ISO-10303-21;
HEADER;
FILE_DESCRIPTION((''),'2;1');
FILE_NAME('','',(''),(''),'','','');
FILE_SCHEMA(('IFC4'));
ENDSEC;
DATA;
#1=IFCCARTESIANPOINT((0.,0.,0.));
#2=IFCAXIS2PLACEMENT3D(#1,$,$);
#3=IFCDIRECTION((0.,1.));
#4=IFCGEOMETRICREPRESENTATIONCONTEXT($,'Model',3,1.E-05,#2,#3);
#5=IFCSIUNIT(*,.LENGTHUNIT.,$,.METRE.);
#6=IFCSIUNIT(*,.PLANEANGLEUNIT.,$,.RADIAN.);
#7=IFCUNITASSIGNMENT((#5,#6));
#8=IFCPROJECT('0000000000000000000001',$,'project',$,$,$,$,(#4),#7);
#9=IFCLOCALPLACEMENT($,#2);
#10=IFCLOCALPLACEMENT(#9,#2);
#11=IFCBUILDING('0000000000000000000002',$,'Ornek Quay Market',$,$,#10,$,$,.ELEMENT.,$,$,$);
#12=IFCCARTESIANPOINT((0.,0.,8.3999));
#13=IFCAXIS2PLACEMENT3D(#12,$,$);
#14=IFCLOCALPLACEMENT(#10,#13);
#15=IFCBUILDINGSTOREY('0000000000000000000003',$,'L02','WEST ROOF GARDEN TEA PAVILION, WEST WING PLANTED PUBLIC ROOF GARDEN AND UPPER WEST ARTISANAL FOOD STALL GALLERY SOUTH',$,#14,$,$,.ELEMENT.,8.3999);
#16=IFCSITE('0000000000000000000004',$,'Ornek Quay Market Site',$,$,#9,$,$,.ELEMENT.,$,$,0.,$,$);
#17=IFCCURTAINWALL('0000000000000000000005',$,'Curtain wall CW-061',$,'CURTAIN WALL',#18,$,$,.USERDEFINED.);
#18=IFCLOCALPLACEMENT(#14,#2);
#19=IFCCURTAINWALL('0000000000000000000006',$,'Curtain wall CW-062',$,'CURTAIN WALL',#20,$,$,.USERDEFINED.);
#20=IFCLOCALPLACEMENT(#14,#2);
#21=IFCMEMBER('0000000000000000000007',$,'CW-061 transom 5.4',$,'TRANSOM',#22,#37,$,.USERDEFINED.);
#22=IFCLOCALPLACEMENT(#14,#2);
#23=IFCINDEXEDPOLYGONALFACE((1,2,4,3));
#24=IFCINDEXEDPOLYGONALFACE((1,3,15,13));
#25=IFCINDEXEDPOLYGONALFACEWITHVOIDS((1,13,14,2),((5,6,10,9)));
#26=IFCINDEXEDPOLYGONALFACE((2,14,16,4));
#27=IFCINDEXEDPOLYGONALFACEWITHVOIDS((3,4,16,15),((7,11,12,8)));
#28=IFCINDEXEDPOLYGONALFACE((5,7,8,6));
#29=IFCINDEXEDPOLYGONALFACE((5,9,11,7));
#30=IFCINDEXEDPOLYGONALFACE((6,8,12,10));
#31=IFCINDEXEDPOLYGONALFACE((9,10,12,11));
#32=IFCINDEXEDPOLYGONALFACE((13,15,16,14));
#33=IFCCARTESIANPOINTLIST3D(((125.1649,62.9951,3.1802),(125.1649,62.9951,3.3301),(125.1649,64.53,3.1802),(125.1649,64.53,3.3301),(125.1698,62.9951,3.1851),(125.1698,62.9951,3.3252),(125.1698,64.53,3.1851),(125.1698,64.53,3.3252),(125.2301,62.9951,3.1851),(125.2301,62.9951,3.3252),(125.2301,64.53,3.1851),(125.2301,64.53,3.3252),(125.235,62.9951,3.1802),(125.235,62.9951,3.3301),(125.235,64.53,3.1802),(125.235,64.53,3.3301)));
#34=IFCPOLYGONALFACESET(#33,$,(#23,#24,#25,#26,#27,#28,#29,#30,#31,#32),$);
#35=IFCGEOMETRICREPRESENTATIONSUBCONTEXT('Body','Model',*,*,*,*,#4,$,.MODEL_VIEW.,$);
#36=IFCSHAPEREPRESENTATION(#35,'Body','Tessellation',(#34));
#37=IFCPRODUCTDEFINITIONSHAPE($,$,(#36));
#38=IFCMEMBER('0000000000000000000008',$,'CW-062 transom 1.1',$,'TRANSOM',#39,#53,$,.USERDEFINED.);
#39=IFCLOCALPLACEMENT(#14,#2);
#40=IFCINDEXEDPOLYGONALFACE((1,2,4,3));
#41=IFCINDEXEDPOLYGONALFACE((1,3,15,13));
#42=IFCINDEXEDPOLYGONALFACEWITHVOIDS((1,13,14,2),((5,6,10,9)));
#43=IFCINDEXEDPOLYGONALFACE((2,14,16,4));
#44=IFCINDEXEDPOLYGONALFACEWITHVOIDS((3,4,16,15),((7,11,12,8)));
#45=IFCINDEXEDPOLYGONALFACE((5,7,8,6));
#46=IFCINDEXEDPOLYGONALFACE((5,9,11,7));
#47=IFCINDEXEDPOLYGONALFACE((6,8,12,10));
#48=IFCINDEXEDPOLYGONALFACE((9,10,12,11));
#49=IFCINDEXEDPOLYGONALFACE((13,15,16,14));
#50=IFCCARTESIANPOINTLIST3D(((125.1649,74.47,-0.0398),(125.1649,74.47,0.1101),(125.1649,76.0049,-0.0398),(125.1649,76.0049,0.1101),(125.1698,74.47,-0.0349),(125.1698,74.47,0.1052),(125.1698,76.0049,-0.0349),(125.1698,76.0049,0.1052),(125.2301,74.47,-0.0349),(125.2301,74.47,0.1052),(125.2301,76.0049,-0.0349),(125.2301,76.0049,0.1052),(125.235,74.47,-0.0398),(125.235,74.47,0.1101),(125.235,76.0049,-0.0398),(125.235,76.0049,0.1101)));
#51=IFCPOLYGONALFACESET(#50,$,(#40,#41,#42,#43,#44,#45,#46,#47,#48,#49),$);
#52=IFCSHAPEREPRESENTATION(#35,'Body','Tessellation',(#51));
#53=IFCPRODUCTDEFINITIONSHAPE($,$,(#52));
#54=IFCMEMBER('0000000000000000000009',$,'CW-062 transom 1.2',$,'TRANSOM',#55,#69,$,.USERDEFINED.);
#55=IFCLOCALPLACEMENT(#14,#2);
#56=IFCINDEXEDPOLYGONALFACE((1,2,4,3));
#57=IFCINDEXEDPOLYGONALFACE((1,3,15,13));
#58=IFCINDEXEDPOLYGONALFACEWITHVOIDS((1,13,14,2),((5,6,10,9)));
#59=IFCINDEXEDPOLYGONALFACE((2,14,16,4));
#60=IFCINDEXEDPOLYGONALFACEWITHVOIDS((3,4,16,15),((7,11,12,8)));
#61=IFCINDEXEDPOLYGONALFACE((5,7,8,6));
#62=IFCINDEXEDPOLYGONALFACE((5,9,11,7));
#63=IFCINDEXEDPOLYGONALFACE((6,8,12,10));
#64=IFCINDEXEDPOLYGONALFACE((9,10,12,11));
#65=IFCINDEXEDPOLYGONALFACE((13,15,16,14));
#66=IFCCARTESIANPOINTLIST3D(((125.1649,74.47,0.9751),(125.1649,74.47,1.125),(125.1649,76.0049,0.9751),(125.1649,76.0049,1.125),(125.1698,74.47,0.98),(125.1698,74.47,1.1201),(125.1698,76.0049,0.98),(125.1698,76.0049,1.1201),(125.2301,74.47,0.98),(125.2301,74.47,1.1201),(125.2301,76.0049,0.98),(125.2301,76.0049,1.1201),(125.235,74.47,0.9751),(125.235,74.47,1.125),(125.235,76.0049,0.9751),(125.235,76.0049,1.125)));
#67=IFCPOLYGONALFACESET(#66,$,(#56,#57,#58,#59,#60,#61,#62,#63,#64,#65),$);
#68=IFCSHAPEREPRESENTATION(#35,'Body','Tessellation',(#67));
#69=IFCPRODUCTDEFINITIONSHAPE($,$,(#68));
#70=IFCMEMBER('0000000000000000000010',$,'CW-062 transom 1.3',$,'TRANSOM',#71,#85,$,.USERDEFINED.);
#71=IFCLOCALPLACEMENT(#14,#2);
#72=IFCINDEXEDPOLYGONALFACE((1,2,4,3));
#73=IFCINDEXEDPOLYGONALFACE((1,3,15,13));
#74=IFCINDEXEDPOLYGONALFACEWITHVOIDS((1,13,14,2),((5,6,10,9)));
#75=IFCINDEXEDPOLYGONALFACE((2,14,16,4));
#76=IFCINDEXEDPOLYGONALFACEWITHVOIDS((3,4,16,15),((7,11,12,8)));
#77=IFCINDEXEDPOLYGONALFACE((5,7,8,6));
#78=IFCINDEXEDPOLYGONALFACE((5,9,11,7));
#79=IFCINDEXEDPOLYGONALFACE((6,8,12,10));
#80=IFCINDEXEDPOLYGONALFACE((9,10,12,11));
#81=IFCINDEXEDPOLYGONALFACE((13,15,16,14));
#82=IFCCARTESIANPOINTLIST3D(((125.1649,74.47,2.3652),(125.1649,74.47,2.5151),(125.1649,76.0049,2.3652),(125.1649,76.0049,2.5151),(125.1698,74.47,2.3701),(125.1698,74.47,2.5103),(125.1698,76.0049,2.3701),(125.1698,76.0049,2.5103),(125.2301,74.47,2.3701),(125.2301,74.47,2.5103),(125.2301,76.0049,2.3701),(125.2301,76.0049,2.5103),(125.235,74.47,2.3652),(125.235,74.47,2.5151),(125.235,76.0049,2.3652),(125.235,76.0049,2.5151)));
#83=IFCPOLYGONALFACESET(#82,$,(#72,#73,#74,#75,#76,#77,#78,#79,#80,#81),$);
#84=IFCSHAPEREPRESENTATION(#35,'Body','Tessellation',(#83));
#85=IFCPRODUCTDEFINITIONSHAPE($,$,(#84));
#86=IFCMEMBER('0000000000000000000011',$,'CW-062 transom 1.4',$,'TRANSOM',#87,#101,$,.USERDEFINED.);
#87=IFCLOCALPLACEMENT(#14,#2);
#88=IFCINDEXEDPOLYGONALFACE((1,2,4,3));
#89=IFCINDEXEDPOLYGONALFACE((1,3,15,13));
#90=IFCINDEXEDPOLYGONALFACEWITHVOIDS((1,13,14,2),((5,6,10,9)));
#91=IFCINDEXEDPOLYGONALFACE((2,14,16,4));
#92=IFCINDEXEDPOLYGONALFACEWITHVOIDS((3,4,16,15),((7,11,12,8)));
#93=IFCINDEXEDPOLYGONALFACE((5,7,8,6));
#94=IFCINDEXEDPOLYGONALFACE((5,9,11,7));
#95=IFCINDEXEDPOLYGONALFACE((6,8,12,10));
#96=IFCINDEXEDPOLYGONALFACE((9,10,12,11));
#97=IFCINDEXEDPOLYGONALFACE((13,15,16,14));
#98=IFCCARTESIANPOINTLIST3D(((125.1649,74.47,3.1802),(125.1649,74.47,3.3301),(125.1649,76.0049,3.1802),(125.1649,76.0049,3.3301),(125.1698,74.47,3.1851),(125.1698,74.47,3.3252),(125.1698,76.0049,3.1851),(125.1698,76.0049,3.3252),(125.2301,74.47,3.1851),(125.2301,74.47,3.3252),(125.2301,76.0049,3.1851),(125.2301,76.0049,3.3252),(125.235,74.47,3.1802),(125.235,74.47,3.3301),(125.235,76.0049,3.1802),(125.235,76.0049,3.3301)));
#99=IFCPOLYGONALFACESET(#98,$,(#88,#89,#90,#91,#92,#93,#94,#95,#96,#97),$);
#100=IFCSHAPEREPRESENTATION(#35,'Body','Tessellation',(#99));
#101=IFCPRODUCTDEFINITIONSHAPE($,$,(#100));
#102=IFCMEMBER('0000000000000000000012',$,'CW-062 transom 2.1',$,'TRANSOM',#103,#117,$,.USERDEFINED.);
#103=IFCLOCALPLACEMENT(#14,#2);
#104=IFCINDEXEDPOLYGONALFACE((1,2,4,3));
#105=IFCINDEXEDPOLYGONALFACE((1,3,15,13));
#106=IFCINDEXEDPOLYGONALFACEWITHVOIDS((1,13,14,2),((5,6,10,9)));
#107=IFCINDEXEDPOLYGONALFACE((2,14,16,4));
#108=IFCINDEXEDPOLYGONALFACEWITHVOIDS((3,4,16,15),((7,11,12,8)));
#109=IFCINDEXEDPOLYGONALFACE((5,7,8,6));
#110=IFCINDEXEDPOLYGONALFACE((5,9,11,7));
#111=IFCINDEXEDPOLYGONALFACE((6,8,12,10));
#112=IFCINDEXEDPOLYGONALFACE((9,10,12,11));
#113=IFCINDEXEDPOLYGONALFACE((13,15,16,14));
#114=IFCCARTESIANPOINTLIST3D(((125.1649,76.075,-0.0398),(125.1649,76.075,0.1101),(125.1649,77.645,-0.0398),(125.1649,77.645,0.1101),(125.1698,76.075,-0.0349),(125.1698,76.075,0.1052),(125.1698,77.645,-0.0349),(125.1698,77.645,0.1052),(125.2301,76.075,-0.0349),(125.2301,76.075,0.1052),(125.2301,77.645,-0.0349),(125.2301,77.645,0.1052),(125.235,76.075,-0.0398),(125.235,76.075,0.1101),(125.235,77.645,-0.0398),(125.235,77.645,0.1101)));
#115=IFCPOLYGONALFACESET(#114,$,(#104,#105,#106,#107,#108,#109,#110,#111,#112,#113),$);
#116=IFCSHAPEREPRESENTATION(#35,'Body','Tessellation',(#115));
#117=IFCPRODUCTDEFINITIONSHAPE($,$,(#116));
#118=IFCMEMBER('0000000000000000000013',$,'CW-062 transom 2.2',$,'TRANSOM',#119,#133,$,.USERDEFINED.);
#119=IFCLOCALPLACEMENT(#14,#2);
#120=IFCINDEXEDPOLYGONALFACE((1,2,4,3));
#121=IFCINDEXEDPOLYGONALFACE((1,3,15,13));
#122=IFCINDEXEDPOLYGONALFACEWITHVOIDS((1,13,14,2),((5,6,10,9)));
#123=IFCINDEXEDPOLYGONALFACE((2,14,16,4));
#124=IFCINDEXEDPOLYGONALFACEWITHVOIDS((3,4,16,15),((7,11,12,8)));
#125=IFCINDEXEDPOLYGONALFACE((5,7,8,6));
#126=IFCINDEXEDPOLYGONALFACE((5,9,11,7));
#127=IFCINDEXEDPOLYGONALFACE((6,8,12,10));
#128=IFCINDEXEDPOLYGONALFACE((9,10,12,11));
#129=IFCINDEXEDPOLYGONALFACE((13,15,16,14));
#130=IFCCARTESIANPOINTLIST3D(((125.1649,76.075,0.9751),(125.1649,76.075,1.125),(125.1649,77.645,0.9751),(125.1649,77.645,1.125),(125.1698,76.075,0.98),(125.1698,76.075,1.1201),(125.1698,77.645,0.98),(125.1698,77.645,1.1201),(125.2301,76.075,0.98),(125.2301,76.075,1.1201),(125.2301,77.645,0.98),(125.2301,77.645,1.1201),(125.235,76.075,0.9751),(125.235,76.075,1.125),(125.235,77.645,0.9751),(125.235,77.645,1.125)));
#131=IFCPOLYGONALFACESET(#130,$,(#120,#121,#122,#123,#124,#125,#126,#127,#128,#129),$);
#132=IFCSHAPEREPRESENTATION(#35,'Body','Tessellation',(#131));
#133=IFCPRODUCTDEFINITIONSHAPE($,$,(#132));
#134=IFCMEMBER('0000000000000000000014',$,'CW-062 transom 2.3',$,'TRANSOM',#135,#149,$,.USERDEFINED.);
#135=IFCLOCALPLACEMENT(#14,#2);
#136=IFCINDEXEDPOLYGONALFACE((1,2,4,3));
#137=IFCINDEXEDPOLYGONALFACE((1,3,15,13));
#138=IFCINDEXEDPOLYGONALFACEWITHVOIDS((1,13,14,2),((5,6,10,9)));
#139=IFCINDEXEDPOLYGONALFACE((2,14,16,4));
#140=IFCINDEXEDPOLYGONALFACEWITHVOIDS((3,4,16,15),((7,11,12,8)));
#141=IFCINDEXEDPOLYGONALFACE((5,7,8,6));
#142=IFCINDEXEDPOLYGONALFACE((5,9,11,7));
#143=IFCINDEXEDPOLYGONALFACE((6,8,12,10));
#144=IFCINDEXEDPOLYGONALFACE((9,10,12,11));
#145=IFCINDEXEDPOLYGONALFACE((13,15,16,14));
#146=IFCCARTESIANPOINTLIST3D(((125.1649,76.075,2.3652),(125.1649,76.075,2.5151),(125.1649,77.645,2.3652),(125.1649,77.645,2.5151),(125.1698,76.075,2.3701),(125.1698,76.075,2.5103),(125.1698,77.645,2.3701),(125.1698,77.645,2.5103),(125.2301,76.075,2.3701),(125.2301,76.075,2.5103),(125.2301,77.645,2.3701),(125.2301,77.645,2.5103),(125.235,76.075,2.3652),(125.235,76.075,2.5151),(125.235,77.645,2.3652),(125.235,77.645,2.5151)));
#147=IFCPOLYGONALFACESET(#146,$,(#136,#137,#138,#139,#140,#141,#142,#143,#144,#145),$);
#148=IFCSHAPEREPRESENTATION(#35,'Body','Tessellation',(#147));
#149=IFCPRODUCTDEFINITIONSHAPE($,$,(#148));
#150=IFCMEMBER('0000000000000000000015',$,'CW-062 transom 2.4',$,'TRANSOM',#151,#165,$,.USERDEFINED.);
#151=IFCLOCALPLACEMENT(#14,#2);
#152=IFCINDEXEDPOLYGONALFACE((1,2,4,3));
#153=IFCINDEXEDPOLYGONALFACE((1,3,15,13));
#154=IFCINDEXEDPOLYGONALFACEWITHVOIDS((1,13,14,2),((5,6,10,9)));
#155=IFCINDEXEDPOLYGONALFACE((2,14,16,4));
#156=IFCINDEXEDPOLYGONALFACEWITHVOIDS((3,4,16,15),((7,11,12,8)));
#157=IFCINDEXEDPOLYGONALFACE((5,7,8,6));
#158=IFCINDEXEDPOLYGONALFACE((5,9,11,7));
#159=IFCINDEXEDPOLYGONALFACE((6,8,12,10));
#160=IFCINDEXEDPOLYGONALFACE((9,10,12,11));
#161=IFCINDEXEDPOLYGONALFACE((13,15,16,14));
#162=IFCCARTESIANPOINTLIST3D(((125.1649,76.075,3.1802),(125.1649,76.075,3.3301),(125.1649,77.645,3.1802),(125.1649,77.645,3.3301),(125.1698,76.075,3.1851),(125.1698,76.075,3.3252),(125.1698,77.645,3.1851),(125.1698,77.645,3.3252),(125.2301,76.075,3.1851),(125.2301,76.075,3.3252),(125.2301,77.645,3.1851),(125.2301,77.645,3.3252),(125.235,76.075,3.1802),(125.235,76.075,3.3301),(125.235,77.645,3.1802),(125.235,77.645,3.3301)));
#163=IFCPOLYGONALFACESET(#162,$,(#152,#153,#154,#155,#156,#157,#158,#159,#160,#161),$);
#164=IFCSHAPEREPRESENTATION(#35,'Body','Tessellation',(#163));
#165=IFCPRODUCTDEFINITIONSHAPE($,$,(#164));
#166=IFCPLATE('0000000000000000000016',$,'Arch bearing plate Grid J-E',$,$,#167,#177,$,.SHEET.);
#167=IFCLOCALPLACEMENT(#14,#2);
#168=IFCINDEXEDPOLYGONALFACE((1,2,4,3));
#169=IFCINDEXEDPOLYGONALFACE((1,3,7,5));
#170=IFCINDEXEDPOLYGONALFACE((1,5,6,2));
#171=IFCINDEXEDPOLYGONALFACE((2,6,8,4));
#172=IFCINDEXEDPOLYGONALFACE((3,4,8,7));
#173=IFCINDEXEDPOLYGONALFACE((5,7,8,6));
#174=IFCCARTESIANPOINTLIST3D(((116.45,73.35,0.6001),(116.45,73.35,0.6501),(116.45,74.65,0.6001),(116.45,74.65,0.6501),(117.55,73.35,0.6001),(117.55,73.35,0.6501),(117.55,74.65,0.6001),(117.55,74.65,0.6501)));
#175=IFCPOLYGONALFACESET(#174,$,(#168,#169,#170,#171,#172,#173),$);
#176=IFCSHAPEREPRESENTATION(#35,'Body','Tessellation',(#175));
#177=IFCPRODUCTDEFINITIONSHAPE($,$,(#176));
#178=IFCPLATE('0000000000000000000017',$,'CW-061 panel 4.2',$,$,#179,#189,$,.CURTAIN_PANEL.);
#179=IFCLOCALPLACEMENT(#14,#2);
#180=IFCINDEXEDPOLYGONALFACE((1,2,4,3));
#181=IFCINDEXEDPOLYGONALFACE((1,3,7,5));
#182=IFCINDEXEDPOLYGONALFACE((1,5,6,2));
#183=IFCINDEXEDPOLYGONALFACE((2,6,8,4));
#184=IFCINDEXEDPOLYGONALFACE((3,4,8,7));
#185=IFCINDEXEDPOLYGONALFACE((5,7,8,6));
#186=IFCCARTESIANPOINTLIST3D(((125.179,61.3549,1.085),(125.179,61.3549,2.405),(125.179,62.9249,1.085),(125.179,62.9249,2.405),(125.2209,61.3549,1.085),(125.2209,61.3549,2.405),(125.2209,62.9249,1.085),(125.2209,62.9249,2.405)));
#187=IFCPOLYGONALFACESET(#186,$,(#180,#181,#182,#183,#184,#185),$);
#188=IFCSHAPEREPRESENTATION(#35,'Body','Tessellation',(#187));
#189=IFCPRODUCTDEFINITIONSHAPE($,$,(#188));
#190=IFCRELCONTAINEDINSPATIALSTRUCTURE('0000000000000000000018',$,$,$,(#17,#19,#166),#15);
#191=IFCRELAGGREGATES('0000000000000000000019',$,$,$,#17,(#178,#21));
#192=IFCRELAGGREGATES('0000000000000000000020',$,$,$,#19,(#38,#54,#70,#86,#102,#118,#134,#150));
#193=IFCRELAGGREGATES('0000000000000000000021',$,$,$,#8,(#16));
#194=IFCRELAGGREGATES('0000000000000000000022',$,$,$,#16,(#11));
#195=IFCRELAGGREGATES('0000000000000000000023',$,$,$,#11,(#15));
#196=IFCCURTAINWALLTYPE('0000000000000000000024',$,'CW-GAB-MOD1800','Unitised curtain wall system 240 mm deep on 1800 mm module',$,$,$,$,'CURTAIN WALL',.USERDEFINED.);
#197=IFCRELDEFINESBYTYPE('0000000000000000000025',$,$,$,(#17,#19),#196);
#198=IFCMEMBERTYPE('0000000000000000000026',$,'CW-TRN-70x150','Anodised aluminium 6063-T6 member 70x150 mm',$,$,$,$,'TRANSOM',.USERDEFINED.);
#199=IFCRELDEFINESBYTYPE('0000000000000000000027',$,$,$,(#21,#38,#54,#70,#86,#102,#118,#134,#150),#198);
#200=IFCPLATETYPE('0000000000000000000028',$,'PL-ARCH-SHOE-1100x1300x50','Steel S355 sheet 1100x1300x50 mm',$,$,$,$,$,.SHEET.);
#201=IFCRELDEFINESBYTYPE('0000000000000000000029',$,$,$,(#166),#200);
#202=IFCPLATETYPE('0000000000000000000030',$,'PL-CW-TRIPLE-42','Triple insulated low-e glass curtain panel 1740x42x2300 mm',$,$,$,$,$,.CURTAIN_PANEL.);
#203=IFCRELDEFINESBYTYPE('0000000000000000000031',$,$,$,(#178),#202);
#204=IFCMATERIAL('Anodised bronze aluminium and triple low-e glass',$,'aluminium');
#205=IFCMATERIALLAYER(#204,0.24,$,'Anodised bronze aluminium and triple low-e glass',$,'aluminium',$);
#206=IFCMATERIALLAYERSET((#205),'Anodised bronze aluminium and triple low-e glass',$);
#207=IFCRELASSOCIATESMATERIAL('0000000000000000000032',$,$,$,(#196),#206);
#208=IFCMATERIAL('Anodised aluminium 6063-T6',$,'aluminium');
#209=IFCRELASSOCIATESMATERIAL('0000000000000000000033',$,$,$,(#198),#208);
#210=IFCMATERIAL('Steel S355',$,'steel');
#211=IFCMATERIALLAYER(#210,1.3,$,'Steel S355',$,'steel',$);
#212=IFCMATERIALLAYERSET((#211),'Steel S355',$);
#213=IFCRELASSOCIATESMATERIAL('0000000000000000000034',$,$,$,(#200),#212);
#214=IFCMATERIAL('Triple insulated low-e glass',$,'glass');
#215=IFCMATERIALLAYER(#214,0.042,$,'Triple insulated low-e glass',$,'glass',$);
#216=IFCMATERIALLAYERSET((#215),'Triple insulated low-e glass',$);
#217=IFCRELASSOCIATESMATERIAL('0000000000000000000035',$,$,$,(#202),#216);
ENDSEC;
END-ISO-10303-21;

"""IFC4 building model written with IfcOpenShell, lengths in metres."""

from ifc_helpers import new_model, si_unit, direction, frame, origin, origin_2d, place, context, subcontext, project, spatial, rectangle, hollow_rectangle, extrude, material, layer, layer_set, material_profile, profile_set, type_object, element, aggregate, save


model = new_model("IFC4")

# Units and contexts
model_context = context("Model", 3, precision=1e-05, world=origin(), true_north=direction((0.0, 1.0)))
body_context = subcontext(model_context, "Body", "Model", "MODEL_VIEW")
ifc_project = project(units=[si_unit("LENGTHUNIT", "METRE"), si_unit("PLANEANGLEUNIT", "RADIAN")], contexts=[model_context])

# Site, building, storey
site_placement = place(None, origin())
site = spatial("IfcSite", under=ifc_project, at=site_placement, Name="Ornek Quay Market Site", CompositionType="ELEMENT", RefElevation=0.0)
building_placement = place(site_placement, origin())
building = spatial("IfcBuilding", under=site, at=building_placement, Name="Ornek Quay Market", CompositionType="ELEMENT")
storey_placement = place(building_placement, frame((0.0, 0.0, 8.3999)))
storey = spatial("IfcBuildingStorey", under=building, at=storey_placement, Name="L02", Description="WEST ROOF GARDEN TEA PAVILION, WEST WING PLANTED PUBLIC ROOF GARDEN AND UPPER WEST ARTISANAL FOOD STALL GALLERY SOUTH", CompositionType="ELEMENT", Elevation=8.3999)

# Curtain walls
ifc_material_1 = material(Name="Anodised bronze aluminium and triple low-e glass", Category="aluminium")
ifc_layer_1 = layer(ifc_material_1, 0.24, Name="Anodised bronze aluminium and triple low-e glass", Category="aluminium")
ifc_layer_set_1 = layer_set([ifc_layer_1], Name="Anodised bronze aluminium and triple low-e glass")
curtain_wall_type = type_object("IfcCurtainWallType", Name="CW-GAB-MOD1800", Description="Unitised curtain wall system 240 mm deep on 1800 mm module", ElementType="CURTAIN WALL", PredefinedType="USERDEFINED", material=ifc_layer_set_1)
curtain_wall_1_placement = place(storey_placement, origin())
curtain_wall_1 = element("IfcCurtainWall", 1, at=curtain_wall_1_placement, inside=storey, type_object=curtain_wall_type, Name="Curtain wall CW-061", ObjectType="CURTAIN WALL", PredefinedType="USERDEFINED")
ifc_material_2 = material(Name="Anodised aluminium 6063-T6", Category="aluminium")
curtain_wall_2_placement = place(storey_placement, origin())
curtain_wall_2 = element("IfcCurtainWall", 2, at=curtain_wall_2_placement, inside=storey, type_object=curtain_wall_type, Name="Curtain wall CW-062", ObjectType="CURTAIN WALL", PredefinedType="USERDEFINED")

# Members
ifc_material_profile_1 = material_profile(ifc_material_2, hollow_rectangle(XDim=0.0701, YDim=0.1499, WallThickness=0.0049, at=origin_2d()), Name="CW-TRN-70x150", Category="aluminium")
ifc_profile_set_1 = profile_set([ifc_material_profile_1], Name="Anodised aluminium 6063-T6")
member_type_1 = type_object("IfcMemberType", Name="CW-TRN-70x150", Description="Anodised aluminium 6063-T6 member 70x150 mm", ElementType="TRANSOM", PredefinedType="USERDEFINED", material=ifc_profile_set_1)
member_1_placement = place(storey_placement, frame((125.2, 62.9951, 3.2551), z_axis=(0.0, 1.0, 0.0), x_axis=(-1.0, 0.0, 0.0)))
member_1 = element("IfcMember", 3, at=member_1_placement, type_object=member_type_1, Name="CW-061 transom 5.4", ObjectType="TRANSOM", PredefinedType="USERDEFINED", context=body_context, shape_type="SweptSolid", body=[
    extrude(hollow_rectangle(XDim=0.0701, YDim=0.1499, WallThickness=0.0049, at=origin_2d()), origin(), (0.0, 0.0, 1.0), 1.5349),
])
member_2_placement = place(storey_placement, frame((125.2, 74.47, 0.0352), z_axis=(0.0, 1.0, 0.0), x_axis=(-1.0, 0.0, 0.0)))
member_2 = element("IfcMember", 4, at=member_2_placement, type_object=member_type_1, Name="CW-062 transom 1.1", ObjectType="TRANSOM", PredefinedType="USERDEFINED", context=body_context, shape_type="SweptSolid", body=[
    extrude(hollow_rectangle(XDim=0.0701, YDim=0.1499, WallThickness=0.0049, at=origin_2d()), origin(), (0.0, 0.0, 1.0), 1.5349),
])
member_3_placement = place(storey_placement, frame((125.2, 74.47, 1.05), z_axis=(0.0, 1.0, 0.0), x_axis=(-1.0, 0.0, 0.0)))
member_3 = element("IfcMember", 5, at=member_3_placement, type_object=member_type_1, Name="CW-062 transom 1.2", ObjectType="TRANSOM", PredefinedType="USERDEFINED", context=body_context, shape_type="SweptSolid", body=[
    extrude(hollow_rectangle(XDim=0.0701, YDim=0.1499, WallThickness=0.0049, at=origin_2d()), origin(), (0.0, 0.0, 1.0), 1.5349),
])
member_4_placement = place(storey_placement, frame((125.2, 74.47, 2.4402), z_axis=(0.0, 1.0, 0.0), x_axis=(-1.0, 0.0, 0.0)))
member_4 = element("IfcMember", 6, at=member_4_placement, type_object=member_type_1, Name="CW-062 transom 1.3", ObjectType="TRANSOM", PredefinedType="USERDEFINED", context=body_context, shape_type="SweptSolid", body=[
    extrude(hollow_rectangle(XDim=0.0701, YDim=0.1499, WallThickness=0.0049, at=origin_2d()), origin(), (0.0, 0.0, 1.0), 1.5349),
])
member_5_placement = place(storey_placement, frame((125.2, 74.47, 3.2551), z_axis=(0.0, 1.0, 0.0), x_axis=(-1.0, 0.0, 0.0)))
member_5 = element("IfcMember", 7, at=member_5_placement, type_object=member_type_1, Name="CW-062 transom 1.4", ObjectType="TRANSOM", PredefinedType="USERDEFINED", context=body_context, shape_type="SweptSolid", body=[
    extrude(hollow_rectangle(XDim=0.0701, YDim=0.1499, WallThickness=0.0049, at=origin_2d()), origin(), (0.0, 0.0, 1.0), 1.5349),
])
member_6_placement = place(storey_placement, frame((125.2, 76.075, 0.0352), z_axis=(0.0, 1.0, 0.0), x_axis=(-1.0, 0.0, 0.0)))
member_6 = element("IfcMember", 8, at=member_6_placement, type_object=member_type_1, Name="CW-062 transom 2.1", ObjectType="TRANSOM", PredefinedType="USERDEFINED", context=body_context, shape_type="SweptSolid", body=[
    extrude(hollow_rectangle(XDim=0.0701, YDim=0.1499, WallThickness=0.0049, at=origin_2d()), origin(), (0.0, 0.0, 1.0), 1.5701),
])
member_7_placement = place(storey_placement, frame((125.2, 76.075, 1.05), z_axis=(0.0, 1.0, 0.0), x_axis=(-1.0, 0.0, 0.0)))
member_7 = element("IfcMember", 9, at=member_7_placement, type_object=member_type_1, Name="CW-062 transom 2.2", ObjectType="TRANSOM", PredefinedType="USERDEFINED", context=body_context, shape_type="SweptSolid", body=[
    extrude(hollow_rectangle(XDim=0.0701, YDim=0.1499, WallThickness=0.0049, at=origin_2d()), origin(), (0.0, 0.0, 1.0), 1.5701),
])
member_8_placement = place(storey_placement, frame((125.2, 76.075, 2.4402), z_axis=(0.0, 1.0, 0.0), x_axis=(-1.0, 0.0, 0.0)))
member_8 = element("IfcMember", 10, at=member_8_placement, type_object=member_type_1, Name="CW-062 transom 2.3", ObjectType="TRANSOM", PredefinedType="USERDEFINED", context=body_context, shape_type="SweptSolid", body=[
    extrude(hollow_rectangle(XDim=0.0701, YDim=0.1499, WallThickness=0.0049, at=origin_2d()), origin(), (0.0, 0.0, 1.0), 1.5701),
])
member_9_placement = place(storey_placement, frame((125.2, 76.075, 3.2551), z_axis=(0.0, 1.0, 0.0), x_axis=(-1.0, 0.0, 0.0)))
member_9 = element("IfcMember", 11, at=member_9_placement, type_object=member_type_1, Name="CW-062 transom 2.4", ObjectType="TRANSOM", PredefinedType="USERDEFINED", context=body_context, shape_type="SweptSolid", body=[
    extrude(hollow_rectangle(XDim=0.0701, YDim=0.1499, WallThickness=0.0049, at=origin_2d()), origin(), (0.0, 0.0, 1.0), 1.5701),
])

# Plates
ifc_material_3 = material(Name="Steel S355", Category="steel")
ifc_layer_2 = layer(ifc_material_3, 1.3, Name="Steel S355", Category="steel")
ifc_layer_set_2 = layer_set([ifc_layer_2], Name="Steel S355")
plate_type_1 = type_object("IfcPlateType", Name="PL-ARCH-SHOE-1100x1300x50", Description="Steel S355 sheet 1100x1300x50 mm", PredefinedType="SHEET", material=ifc_layer_set_2)
plate_1_placement = place(storey_placement, frame((117.0, 74.0, 0.6001), z_axis=(0.0, 0.0, 1.0), x_axis=(1.0, 0.0, 0.0)))
element("IfcPlate", 12, at=plate_1_placement, inside=storey, type_object=plate_type_1, Name="Arch bearing plate Grid J-E", PredefinedType="SHEET", context=body_context, shape_type="SweptSolid", body=[
    extrude(rectangle(XDim=1.1001, YDim=1.3, at=origin_2d()), origin(), (0.0, 0.0, 1.0), 0.05),
])
ifc_material_4 = material(Name="Triple insulated low-e glass", Category="glass")
ifc_layer_3 = layer(ifc_material_4, 0.042, Name="Triple insulated low-e glass", Category="glass")
ifc_layer_set_3 = layer_set([ifc_layer_3], Name="Triple insulated low-e glass")
plate_type_2 = type_object("IfcPlateType", Name="PL-CW-TRIPLE-42", Description="Triple insulated low-e glass curtain panel 1740x42x2300 mm", PredefinedType="CURTAIN_PANEL", material=ifc_layer_set_3)
plate_2_placement = place(storey_placement, frame((125.2, 62.1399, 1.085), z_axis=(0.0, 0.0, 1.0), x_axis=(0.0, 1.0, 0.0)))
plate_2 = element("IfcPlate", 13, at=plate_2_placement, type_object=plate_type_2, Name="CW-061 panel 4.2", PredefinedType="CURTAIN_PANEL", context=body_context, shape_type="SweptSolid", body=[
    extrude(rectangle(XDim=1.5701, YDim=0.042, at=origin_2d()), origin(), (0.0, 0.0, 1.0), 1.3201),
])
aggregate(curtain_wall_1, [plate_2, member_1])
aggregate(curtain_wall_2, [member_2, member_3, member_4, member_5, member_6, member_7, member_8, member_9])

save(model, "model.ifc")
